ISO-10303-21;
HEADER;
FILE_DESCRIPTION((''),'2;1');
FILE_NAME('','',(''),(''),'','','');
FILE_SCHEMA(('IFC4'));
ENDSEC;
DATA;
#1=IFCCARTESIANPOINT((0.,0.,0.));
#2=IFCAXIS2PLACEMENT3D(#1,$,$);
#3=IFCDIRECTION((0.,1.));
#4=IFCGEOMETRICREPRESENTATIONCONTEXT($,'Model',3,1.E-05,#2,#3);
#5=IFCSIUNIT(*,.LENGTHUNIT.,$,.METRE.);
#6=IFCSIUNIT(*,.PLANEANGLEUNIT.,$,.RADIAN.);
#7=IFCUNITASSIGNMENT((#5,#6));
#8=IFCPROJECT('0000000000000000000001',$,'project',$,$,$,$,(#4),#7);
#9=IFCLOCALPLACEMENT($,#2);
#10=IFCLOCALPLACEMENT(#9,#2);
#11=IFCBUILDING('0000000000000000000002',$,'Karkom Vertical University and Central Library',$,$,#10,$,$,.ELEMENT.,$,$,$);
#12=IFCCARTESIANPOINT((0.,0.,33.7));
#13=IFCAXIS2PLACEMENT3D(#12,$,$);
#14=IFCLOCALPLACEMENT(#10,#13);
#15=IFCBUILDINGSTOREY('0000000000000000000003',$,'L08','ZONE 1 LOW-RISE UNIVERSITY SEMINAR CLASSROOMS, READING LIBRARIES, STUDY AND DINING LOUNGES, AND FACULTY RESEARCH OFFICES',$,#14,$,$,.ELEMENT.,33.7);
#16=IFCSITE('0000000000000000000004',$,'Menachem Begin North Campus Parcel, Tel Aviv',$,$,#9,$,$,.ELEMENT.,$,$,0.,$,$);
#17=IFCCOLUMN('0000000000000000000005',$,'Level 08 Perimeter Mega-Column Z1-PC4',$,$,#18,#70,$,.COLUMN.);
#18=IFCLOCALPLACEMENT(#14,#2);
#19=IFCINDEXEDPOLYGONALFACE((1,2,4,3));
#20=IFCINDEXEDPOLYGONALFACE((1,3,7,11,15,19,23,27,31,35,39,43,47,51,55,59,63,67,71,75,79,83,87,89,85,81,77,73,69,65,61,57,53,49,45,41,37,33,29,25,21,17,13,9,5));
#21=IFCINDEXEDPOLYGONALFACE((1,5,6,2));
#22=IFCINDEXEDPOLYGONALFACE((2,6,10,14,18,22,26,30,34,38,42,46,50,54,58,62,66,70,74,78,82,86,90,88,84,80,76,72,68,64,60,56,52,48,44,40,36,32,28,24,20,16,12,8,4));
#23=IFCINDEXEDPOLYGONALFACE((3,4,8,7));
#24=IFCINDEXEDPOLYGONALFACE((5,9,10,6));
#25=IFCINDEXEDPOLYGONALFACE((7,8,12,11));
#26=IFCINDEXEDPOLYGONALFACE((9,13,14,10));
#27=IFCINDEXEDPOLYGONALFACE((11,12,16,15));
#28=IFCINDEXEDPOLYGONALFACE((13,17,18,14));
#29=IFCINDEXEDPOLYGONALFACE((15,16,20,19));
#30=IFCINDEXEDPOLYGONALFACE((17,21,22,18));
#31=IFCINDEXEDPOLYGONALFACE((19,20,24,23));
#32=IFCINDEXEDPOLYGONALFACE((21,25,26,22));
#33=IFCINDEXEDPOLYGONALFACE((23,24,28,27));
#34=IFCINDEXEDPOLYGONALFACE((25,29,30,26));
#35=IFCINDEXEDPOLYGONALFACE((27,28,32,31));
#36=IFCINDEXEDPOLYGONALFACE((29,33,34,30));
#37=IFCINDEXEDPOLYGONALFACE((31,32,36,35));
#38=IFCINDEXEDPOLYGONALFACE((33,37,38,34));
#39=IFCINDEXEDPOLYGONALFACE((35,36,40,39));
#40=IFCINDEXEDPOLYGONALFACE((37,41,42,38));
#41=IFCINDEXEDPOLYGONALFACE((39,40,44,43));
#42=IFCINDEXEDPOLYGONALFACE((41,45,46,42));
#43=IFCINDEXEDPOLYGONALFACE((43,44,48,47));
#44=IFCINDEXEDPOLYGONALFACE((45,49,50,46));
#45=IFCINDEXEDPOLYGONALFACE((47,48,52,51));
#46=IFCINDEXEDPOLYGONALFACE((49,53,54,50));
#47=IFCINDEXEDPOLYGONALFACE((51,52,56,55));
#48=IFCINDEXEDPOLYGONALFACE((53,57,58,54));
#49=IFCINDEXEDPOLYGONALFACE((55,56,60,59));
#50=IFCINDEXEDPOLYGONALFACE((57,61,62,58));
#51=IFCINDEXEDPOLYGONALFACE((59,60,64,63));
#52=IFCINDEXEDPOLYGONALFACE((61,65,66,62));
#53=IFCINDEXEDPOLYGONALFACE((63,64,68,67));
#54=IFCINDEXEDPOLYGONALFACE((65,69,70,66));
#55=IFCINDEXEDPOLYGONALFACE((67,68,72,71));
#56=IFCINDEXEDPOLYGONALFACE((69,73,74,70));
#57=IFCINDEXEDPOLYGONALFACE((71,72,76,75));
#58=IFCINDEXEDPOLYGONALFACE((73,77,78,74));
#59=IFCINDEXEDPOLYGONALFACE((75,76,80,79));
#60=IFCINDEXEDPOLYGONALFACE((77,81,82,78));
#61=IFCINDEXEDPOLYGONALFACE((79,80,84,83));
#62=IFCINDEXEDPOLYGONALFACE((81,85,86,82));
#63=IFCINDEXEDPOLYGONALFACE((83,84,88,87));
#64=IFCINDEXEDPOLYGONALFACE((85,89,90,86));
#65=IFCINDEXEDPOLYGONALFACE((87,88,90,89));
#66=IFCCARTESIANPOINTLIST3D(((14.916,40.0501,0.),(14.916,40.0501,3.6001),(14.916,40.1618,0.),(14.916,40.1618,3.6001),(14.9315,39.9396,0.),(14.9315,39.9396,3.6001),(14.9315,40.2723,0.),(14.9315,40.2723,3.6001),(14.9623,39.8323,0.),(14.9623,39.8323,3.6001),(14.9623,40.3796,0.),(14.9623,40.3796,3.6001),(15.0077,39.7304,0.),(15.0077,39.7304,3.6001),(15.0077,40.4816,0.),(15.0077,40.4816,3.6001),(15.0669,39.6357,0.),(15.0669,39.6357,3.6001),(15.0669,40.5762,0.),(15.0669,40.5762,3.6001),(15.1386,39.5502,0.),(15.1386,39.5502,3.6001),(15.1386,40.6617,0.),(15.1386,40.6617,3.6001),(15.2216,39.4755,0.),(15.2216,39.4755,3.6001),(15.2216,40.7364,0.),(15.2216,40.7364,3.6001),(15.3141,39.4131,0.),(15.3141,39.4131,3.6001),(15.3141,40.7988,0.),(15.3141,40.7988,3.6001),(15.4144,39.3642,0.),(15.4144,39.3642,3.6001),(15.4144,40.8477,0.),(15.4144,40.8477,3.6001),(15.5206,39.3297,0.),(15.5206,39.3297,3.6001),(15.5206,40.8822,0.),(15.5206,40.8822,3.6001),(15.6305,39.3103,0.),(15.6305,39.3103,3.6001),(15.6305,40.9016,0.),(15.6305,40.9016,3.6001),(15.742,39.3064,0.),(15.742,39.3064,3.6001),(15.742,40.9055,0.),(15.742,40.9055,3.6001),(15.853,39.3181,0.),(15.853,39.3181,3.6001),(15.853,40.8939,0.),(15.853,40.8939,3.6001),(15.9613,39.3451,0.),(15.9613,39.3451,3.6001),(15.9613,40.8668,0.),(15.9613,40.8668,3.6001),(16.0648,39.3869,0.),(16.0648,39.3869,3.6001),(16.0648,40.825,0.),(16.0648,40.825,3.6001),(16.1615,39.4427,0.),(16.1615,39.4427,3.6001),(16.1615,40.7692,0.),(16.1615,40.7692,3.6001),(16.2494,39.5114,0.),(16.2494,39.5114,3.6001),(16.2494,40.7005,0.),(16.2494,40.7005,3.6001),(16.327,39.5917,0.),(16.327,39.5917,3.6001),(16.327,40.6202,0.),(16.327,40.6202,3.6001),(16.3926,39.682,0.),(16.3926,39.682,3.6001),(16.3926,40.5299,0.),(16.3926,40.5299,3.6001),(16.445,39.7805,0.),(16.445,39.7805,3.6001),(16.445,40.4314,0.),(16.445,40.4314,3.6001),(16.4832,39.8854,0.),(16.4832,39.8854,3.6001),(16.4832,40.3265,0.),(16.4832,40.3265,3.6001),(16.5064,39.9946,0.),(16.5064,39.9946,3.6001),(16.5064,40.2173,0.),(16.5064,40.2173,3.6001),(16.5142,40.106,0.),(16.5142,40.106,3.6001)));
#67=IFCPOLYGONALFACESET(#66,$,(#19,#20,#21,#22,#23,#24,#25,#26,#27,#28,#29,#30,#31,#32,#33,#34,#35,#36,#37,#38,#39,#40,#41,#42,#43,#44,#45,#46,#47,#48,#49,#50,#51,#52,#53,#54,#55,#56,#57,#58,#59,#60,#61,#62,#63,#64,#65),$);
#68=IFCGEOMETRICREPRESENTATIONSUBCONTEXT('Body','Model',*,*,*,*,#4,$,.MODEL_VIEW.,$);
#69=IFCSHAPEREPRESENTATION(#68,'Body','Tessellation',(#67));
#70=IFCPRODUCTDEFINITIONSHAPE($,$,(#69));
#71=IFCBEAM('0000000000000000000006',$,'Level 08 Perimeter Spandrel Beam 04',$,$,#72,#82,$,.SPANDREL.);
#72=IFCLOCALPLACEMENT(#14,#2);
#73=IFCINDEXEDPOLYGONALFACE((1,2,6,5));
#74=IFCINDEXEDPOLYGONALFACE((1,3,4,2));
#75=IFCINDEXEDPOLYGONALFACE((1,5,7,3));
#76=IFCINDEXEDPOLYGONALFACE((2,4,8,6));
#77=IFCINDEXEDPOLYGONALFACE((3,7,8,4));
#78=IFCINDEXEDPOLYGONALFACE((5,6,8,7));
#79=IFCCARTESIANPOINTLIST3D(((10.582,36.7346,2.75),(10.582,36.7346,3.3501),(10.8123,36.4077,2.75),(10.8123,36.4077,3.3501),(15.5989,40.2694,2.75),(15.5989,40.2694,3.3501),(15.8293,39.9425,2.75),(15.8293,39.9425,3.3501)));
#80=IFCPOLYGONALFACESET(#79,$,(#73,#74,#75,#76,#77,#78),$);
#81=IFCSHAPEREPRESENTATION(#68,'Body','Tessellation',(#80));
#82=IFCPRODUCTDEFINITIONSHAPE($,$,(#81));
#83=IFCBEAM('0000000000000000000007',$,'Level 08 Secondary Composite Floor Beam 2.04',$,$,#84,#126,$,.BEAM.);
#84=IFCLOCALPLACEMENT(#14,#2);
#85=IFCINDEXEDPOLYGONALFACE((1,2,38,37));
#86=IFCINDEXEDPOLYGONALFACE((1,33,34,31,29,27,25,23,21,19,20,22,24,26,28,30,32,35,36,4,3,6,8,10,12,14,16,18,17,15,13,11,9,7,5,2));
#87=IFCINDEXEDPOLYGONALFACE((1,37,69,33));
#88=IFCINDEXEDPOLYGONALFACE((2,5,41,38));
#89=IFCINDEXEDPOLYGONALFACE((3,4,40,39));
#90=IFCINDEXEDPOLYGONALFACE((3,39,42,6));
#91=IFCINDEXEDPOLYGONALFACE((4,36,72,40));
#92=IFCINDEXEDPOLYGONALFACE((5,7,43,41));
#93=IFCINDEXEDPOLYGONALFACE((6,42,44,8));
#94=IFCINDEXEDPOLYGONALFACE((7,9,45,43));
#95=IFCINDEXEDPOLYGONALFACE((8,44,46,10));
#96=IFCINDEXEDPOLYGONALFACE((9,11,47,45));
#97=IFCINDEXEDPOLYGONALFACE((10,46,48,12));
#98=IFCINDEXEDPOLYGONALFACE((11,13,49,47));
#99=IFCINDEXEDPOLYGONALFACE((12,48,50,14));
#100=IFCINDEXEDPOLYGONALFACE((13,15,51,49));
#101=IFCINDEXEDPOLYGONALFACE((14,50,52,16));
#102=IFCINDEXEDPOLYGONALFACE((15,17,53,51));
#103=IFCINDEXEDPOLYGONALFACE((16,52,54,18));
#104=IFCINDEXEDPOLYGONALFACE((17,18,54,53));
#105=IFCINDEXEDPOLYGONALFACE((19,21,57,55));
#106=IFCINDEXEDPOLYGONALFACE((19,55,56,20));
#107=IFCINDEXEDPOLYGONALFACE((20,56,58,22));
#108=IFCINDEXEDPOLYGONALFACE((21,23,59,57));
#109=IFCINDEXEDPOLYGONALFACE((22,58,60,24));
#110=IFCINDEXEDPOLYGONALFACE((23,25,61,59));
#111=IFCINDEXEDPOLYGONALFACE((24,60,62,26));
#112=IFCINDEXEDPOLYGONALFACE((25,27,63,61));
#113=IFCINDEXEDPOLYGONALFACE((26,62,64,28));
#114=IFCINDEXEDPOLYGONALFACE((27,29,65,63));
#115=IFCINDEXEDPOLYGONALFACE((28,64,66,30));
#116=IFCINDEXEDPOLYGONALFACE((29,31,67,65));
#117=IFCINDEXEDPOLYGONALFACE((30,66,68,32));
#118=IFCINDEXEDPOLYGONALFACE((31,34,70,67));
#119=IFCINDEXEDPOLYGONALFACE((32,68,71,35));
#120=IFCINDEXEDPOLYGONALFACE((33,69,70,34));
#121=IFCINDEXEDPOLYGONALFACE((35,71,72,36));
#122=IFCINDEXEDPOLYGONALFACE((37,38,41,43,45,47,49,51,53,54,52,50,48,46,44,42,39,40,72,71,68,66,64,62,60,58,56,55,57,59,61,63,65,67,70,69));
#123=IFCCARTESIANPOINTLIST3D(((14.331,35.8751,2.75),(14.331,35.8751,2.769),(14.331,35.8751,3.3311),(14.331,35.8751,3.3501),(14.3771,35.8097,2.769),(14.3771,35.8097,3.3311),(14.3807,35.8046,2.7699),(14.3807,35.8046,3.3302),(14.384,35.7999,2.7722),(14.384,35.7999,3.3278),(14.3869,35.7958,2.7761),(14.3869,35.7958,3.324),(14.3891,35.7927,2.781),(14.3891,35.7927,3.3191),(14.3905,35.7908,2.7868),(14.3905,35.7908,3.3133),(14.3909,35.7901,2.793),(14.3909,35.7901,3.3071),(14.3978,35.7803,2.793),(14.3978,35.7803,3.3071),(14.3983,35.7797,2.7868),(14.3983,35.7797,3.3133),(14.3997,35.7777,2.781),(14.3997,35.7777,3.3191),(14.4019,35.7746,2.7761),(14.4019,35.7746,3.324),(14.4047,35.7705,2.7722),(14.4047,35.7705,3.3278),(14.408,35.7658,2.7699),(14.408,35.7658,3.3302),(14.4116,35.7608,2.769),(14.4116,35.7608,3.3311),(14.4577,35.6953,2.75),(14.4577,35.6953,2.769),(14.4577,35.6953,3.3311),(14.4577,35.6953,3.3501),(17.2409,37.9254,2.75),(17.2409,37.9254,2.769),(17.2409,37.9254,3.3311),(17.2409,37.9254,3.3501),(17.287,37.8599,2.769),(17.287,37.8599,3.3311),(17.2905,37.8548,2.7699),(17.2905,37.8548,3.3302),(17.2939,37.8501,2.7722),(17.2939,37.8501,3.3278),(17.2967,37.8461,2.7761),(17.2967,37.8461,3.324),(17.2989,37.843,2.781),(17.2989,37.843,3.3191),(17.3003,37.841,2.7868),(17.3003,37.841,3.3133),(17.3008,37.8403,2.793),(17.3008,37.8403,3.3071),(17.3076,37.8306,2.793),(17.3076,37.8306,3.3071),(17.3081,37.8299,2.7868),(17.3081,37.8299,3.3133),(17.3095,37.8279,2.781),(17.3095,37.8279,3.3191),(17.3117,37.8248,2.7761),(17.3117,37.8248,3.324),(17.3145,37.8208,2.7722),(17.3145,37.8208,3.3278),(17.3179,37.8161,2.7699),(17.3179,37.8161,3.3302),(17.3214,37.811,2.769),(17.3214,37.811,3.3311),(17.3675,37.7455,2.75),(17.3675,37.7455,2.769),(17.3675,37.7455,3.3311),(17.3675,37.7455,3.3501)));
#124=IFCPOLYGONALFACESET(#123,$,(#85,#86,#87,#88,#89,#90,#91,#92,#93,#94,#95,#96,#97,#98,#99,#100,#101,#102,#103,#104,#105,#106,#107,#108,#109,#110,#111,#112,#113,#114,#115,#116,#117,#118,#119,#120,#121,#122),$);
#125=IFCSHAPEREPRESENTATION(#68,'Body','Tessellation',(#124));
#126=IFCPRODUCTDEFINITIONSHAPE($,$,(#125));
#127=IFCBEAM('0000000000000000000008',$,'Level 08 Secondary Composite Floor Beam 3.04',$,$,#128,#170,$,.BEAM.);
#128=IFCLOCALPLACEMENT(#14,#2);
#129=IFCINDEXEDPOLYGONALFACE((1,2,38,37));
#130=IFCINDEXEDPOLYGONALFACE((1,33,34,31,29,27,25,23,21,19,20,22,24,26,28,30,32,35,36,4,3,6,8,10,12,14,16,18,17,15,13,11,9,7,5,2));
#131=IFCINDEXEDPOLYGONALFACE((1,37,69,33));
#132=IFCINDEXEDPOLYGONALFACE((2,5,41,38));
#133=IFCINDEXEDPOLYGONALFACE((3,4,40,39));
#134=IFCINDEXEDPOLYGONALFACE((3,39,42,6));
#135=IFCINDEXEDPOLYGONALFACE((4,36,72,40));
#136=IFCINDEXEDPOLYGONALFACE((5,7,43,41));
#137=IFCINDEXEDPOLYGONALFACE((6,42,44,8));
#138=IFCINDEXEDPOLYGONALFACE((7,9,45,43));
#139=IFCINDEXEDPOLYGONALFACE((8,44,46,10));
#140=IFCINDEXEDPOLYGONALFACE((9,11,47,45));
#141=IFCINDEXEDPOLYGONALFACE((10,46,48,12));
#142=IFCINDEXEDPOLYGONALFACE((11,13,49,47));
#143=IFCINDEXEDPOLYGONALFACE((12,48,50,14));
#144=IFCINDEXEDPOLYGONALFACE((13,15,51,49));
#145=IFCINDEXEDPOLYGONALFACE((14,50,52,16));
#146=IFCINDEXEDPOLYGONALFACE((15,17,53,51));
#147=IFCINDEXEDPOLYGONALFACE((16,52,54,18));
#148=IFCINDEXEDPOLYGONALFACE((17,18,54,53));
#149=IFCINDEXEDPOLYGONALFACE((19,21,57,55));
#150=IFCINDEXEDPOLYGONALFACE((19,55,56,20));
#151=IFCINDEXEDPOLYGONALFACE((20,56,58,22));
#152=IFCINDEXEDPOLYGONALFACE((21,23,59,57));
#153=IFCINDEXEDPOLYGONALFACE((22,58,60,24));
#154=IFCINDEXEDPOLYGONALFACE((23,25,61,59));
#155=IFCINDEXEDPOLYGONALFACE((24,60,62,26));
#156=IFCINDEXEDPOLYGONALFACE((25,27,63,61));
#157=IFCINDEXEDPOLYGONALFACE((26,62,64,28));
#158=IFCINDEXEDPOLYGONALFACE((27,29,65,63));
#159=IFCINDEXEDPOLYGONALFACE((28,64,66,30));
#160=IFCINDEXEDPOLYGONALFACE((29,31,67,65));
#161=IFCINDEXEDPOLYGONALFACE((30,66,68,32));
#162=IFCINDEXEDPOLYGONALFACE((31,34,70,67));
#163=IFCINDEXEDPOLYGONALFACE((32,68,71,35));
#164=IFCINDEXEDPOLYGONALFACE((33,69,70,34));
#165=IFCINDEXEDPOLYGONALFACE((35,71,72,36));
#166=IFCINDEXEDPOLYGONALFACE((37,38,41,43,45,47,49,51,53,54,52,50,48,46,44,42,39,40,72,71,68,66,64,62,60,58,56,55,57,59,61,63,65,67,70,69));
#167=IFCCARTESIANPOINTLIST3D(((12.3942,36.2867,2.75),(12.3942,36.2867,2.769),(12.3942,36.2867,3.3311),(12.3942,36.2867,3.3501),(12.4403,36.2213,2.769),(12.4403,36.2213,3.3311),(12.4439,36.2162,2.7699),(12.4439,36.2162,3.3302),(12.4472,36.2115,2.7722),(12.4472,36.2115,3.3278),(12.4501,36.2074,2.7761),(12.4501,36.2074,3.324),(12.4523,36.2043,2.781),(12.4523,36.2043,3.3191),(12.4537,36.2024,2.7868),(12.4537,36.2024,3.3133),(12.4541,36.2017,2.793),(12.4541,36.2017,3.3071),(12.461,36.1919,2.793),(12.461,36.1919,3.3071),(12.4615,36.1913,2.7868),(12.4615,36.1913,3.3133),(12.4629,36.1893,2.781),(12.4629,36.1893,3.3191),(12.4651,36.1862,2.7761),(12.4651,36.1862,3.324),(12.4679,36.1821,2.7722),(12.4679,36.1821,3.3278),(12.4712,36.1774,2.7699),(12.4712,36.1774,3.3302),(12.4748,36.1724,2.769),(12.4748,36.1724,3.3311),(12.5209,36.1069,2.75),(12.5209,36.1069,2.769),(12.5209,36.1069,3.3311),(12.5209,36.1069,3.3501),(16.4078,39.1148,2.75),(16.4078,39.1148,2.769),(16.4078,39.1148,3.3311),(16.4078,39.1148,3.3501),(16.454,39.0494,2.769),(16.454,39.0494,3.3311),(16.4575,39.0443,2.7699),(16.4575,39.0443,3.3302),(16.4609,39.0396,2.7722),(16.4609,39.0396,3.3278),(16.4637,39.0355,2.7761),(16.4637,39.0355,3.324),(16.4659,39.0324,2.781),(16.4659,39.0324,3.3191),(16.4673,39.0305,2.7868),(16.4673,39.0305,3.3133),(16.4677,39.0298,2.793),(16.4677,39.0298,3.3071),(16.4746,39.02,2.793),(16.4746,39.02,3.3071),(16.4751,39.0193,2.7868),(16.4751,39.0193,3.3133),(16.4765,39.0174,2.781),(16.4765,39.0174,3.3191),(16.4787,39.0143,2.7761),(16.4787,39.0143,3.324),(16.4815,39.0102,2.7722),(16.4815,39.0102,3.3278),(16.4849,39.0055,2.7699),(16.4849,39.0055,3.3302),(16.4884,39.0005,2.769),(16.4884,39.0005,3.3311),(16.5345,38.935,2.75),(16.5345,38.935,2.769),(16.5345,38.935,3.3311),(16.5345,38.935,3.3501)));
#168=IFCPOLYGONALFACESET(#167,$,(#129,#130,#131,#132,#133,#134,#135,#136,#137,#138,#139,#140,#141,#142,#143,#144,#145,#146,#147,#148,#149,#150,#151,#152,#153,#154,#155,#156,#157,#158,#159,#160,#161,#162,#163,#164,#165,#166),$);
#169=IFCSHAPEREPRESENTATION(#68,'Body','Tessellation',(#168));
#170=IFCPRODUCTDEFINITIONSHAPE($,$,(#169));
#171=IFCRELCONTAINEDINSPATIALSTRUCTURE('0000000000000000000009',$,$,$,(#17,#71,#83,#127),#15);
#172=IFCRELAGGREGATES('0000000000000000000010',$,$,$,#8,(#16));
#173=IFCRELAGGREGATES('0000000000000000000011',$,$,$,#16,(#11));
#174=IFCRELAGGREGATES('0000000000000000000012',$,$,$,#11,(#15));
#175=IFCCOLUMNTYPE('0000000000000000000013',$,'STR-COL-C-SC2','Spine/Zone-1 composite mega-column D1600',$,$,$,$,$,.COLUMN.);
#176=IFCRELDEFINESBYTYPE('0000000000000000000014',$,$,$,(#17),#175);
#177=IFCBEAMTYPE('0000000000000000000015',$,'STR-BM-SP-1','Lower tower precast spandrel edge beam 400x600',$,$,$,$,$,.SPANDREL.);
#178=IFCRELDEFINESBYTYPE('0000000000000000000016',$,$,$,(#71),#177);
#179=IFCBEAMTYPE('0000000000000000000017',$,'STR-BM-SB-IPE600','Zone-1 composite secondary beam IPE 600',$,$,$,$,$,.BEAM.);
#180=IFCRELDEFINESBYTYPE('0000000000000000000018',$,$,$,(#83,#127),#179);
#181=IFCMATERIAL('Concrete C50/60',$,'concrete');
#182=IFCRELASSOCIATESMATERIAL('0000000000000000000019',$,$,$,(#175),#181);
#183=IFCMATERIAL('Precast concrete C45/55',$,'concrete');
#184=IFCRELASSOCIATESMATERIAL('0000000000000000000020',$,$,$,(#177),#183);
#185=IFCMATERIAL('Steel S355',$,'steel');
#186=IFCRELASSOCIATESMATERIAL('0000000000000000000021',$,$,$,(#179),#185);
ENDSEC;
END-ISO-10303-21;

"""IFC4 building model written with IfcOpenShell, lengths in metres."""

from ifc_helpers import new_model, si_unit, direction, frame, origin, origin_with_axes, origin_2d, place, context, subcontext, project, spatial, rectangle, circle, i_section, extrude, source, transform, mapped, material, material_profile, profile_set, type_object, element, save


model = new_model("IFC4")

# Units and contexts
model_context = context("Model", 3, precision=1e-05, world=origin(), true_north=direction((0.0, 1.0)))
body_context = subcontext(model_context, "Body", "Model", "MODEL_VIEW")
ifc_project = project(units=[si_unit("LENGTHUNIT", "METRE"), si_unit("PLANEANGLEUNIT", "RADIAN")], contexts=[model_context])

# Site, building, storey
site_placement = place(None, origin())
site = spatial("IfcSite", under=ifc_project, at=site_placement, Name="Menachem Begin North Campus Parcel, Tel Aviv", CompositionType="ELEMENT", RefElevation=0.0)
building_placement = place(site_placement, origin())
building = spatial("IfcBuilding", under=site, at=building_placement, Name="Karkom Vertical University and Central Library", CompositionType="ELEMENT")
storey_placement = place(building_placement, frame((0.0, 0.0, 33.7)))
storey = spatial("IfcBuildingStorey", under=building, at=storey_placement, Name="L08", Description="ZONE 1 LOW-RISE UNIVERSITY SEMINAR CLASSROOMS, READING LIBRARIES, STUDY AND DINING LOUNGES, AND FACULTY RESEARCH OFFICES", CompositionType="ELEMENT", Elevation=33.7)

# Column
ifc_material_1 = material(Name="Concrete C50/60", Category="concrete")
ifc_material_profile_1 = material_profile(ifc_material_1, circle(Radius=0.8, at=origin_2d()), Name="CFT-D1600")
ifc_profile_set_1 = profile_set([ifc_material_profile_1], Name="Concrete C50/60")
column_type = type_object("IfcColumnType", Name="STR-COL-C-SC2", Description="Spine/Zone-1 composite mega-column D1600", PredefinedType="COLUMN", material=ifc_profile_set_1)
shared_shape_1 = source(origin_with_axes(), body_context, "Body", "SweptSolid", [
    extrude(circle(Radius=0.8, at=origin_2d()), origin(), (0.0, 0.0, 1.0), 3.6001),
])
column_placement = place(storey_placement, frame((15.7141, 40.106, 0.0), z_axis=(0.0, 0.0, 1.0), x_axis=(1.0, 0.0, 0.0)))
element("IfcColumn", 1, at=column_placement, inside=storey, type_object=column_type, Name="Level 08 Perimeter Mega-Column Z1-PC4", PredefinedType="COLUMN", context=body_context, shape_type="MappedRepresentation", body=[
    mapped(shared_shape_1, transform((0.0, 0.0, 0.0), scale=1.0)),
])

# Beams
ifc_material_2 = material(Name="Precast concrete C45/55", Category="concrete")
ifc_material_profile_2 = material_profile(ifc_material_2, rectangle(XDim=0.3999, YDim=0.6001, at=origin_2d()), Name="SPB-400x600")
ifc_profile_set_2 = profile_set([ifc_material_profile_2], Name="Precast concrete C45/55")
beam_type_1 = type_object("IfcBeamType", Name="STR-BM-SP-1", Description="Lower tower precast spandrel edge beam 400x600", PredefinedType="SPANDREL", material=ifc_profile_set_2)
shared_shape_2 = source(origin_with_axes(), body_context, "Body", "SweptSolid", [
    extrude(rectangle(XDim=0.3999, YDim=0.6001, at=origin_2d()), origin(), (0.0, 0.0, 1.0), 6.1372),
])
beam_1_placement = place(storey_placement, frame((15.7141, 40.106, 3.05), z_axis=(-0.817471, -0.575969, 0.0), x_axis=(0.575969, -0.817471, 0.0)))
element("IfcBeam", 2, at=beam_1_placement, inside=storey, type_object=beam_type_1, Name="Level 08 Perimeter Spandrel Beam 04", PredefinedType="SPANDREL", context=body_context, shape_type="MappedRepresentation", body=[
    mapped(shared_shape_2, transform((0.0, 0.0, 0.0), scale=1.0)),
])
ifc_material_3 = material(Name="Steel S355", Category="steel")
ifc_material_profile_3 = material_profile(ifc_material_3, i_section(OverallWidth=0.22, OverallDepth=0.6001, WebThickness=0.012, FlangeThickness=0.019, FilletRadius=0.0239, at=origin_2d()), Name="IPE 600")
ifc_profile_set_3 = profile_set([ifc_material_profile_3], Name="Steel S355")
beam_type_2 = type_object("IfcBeamType", Name="STR-BM-SB-IPE600", Description="Zone-1 composite secondary beam IPE 600", PredefinedType="BEAM", material=ifc_profile_set_3)
shared_shape_3 = source(origin_with_axes(), body_context, "Body", "SweptSolid", [
    extrude(i_section(OverallWidth=0.22, OverallDepth=0.6001, WebThickness=0.012, FlangeThickness=0.019, FilletRadius=0.0239, at=origin_2d()), origin(), (0.0, 0.0, 1.0), 3.5596),
])
beam_2_placement = place(storey_placement, frame((17.3042, 37.8354, 3.05), z_axis=(-0.817466, -0.575977, 0.0), x_axis=(0.575977, -0.817466, 0.0)))
element("IfcBeam", 3, at=beam_2_placement, inside=storey, type_object=beam_type_2, Name="Level 08 Secondary Composite Floor Beam 2.04", PredefinedType="BEAM", context=body_context, shape_type="MappedRepresentation", body=[
    mapped(shared_shape_3, transform((0.0, 0.0, 0.0), scale=1.0)),
])
shared_shape_4 = source(origin_with_axes(), body_context, "Body", "SweptSolid", [
    extrude(i_section(OverallWidth=0.22, OverallDepth=0.6001, WebThickness=0.012, FlangeThickness=0.019, FilletRadius=0.0239, at=origin_2d()), origin(), (0.0, 0.0, 1.0), 4.9099),
])
beam_3_placement = place(storey_placement, frame((16.4712, 39.0249, 3.05), z_axis=(-0.817453, -0.575996, 0.0), x_axis=(0.575996, -0.817453, 0.0)))
element("IfcBeam", 4, at=beam_3_placement, inside=storey, type_object=beam_type_2, Name="Level 08 Secondary Composite Floor Beam 3.04", PredefinedType="BEAM", context=body_context, shape_type="MappedRepresentation", body=[
    mapped(shared_shape_4, transform((0.0, 0.0, 0.0), scale=1.0)),
])

save(model, "model.ifc")
